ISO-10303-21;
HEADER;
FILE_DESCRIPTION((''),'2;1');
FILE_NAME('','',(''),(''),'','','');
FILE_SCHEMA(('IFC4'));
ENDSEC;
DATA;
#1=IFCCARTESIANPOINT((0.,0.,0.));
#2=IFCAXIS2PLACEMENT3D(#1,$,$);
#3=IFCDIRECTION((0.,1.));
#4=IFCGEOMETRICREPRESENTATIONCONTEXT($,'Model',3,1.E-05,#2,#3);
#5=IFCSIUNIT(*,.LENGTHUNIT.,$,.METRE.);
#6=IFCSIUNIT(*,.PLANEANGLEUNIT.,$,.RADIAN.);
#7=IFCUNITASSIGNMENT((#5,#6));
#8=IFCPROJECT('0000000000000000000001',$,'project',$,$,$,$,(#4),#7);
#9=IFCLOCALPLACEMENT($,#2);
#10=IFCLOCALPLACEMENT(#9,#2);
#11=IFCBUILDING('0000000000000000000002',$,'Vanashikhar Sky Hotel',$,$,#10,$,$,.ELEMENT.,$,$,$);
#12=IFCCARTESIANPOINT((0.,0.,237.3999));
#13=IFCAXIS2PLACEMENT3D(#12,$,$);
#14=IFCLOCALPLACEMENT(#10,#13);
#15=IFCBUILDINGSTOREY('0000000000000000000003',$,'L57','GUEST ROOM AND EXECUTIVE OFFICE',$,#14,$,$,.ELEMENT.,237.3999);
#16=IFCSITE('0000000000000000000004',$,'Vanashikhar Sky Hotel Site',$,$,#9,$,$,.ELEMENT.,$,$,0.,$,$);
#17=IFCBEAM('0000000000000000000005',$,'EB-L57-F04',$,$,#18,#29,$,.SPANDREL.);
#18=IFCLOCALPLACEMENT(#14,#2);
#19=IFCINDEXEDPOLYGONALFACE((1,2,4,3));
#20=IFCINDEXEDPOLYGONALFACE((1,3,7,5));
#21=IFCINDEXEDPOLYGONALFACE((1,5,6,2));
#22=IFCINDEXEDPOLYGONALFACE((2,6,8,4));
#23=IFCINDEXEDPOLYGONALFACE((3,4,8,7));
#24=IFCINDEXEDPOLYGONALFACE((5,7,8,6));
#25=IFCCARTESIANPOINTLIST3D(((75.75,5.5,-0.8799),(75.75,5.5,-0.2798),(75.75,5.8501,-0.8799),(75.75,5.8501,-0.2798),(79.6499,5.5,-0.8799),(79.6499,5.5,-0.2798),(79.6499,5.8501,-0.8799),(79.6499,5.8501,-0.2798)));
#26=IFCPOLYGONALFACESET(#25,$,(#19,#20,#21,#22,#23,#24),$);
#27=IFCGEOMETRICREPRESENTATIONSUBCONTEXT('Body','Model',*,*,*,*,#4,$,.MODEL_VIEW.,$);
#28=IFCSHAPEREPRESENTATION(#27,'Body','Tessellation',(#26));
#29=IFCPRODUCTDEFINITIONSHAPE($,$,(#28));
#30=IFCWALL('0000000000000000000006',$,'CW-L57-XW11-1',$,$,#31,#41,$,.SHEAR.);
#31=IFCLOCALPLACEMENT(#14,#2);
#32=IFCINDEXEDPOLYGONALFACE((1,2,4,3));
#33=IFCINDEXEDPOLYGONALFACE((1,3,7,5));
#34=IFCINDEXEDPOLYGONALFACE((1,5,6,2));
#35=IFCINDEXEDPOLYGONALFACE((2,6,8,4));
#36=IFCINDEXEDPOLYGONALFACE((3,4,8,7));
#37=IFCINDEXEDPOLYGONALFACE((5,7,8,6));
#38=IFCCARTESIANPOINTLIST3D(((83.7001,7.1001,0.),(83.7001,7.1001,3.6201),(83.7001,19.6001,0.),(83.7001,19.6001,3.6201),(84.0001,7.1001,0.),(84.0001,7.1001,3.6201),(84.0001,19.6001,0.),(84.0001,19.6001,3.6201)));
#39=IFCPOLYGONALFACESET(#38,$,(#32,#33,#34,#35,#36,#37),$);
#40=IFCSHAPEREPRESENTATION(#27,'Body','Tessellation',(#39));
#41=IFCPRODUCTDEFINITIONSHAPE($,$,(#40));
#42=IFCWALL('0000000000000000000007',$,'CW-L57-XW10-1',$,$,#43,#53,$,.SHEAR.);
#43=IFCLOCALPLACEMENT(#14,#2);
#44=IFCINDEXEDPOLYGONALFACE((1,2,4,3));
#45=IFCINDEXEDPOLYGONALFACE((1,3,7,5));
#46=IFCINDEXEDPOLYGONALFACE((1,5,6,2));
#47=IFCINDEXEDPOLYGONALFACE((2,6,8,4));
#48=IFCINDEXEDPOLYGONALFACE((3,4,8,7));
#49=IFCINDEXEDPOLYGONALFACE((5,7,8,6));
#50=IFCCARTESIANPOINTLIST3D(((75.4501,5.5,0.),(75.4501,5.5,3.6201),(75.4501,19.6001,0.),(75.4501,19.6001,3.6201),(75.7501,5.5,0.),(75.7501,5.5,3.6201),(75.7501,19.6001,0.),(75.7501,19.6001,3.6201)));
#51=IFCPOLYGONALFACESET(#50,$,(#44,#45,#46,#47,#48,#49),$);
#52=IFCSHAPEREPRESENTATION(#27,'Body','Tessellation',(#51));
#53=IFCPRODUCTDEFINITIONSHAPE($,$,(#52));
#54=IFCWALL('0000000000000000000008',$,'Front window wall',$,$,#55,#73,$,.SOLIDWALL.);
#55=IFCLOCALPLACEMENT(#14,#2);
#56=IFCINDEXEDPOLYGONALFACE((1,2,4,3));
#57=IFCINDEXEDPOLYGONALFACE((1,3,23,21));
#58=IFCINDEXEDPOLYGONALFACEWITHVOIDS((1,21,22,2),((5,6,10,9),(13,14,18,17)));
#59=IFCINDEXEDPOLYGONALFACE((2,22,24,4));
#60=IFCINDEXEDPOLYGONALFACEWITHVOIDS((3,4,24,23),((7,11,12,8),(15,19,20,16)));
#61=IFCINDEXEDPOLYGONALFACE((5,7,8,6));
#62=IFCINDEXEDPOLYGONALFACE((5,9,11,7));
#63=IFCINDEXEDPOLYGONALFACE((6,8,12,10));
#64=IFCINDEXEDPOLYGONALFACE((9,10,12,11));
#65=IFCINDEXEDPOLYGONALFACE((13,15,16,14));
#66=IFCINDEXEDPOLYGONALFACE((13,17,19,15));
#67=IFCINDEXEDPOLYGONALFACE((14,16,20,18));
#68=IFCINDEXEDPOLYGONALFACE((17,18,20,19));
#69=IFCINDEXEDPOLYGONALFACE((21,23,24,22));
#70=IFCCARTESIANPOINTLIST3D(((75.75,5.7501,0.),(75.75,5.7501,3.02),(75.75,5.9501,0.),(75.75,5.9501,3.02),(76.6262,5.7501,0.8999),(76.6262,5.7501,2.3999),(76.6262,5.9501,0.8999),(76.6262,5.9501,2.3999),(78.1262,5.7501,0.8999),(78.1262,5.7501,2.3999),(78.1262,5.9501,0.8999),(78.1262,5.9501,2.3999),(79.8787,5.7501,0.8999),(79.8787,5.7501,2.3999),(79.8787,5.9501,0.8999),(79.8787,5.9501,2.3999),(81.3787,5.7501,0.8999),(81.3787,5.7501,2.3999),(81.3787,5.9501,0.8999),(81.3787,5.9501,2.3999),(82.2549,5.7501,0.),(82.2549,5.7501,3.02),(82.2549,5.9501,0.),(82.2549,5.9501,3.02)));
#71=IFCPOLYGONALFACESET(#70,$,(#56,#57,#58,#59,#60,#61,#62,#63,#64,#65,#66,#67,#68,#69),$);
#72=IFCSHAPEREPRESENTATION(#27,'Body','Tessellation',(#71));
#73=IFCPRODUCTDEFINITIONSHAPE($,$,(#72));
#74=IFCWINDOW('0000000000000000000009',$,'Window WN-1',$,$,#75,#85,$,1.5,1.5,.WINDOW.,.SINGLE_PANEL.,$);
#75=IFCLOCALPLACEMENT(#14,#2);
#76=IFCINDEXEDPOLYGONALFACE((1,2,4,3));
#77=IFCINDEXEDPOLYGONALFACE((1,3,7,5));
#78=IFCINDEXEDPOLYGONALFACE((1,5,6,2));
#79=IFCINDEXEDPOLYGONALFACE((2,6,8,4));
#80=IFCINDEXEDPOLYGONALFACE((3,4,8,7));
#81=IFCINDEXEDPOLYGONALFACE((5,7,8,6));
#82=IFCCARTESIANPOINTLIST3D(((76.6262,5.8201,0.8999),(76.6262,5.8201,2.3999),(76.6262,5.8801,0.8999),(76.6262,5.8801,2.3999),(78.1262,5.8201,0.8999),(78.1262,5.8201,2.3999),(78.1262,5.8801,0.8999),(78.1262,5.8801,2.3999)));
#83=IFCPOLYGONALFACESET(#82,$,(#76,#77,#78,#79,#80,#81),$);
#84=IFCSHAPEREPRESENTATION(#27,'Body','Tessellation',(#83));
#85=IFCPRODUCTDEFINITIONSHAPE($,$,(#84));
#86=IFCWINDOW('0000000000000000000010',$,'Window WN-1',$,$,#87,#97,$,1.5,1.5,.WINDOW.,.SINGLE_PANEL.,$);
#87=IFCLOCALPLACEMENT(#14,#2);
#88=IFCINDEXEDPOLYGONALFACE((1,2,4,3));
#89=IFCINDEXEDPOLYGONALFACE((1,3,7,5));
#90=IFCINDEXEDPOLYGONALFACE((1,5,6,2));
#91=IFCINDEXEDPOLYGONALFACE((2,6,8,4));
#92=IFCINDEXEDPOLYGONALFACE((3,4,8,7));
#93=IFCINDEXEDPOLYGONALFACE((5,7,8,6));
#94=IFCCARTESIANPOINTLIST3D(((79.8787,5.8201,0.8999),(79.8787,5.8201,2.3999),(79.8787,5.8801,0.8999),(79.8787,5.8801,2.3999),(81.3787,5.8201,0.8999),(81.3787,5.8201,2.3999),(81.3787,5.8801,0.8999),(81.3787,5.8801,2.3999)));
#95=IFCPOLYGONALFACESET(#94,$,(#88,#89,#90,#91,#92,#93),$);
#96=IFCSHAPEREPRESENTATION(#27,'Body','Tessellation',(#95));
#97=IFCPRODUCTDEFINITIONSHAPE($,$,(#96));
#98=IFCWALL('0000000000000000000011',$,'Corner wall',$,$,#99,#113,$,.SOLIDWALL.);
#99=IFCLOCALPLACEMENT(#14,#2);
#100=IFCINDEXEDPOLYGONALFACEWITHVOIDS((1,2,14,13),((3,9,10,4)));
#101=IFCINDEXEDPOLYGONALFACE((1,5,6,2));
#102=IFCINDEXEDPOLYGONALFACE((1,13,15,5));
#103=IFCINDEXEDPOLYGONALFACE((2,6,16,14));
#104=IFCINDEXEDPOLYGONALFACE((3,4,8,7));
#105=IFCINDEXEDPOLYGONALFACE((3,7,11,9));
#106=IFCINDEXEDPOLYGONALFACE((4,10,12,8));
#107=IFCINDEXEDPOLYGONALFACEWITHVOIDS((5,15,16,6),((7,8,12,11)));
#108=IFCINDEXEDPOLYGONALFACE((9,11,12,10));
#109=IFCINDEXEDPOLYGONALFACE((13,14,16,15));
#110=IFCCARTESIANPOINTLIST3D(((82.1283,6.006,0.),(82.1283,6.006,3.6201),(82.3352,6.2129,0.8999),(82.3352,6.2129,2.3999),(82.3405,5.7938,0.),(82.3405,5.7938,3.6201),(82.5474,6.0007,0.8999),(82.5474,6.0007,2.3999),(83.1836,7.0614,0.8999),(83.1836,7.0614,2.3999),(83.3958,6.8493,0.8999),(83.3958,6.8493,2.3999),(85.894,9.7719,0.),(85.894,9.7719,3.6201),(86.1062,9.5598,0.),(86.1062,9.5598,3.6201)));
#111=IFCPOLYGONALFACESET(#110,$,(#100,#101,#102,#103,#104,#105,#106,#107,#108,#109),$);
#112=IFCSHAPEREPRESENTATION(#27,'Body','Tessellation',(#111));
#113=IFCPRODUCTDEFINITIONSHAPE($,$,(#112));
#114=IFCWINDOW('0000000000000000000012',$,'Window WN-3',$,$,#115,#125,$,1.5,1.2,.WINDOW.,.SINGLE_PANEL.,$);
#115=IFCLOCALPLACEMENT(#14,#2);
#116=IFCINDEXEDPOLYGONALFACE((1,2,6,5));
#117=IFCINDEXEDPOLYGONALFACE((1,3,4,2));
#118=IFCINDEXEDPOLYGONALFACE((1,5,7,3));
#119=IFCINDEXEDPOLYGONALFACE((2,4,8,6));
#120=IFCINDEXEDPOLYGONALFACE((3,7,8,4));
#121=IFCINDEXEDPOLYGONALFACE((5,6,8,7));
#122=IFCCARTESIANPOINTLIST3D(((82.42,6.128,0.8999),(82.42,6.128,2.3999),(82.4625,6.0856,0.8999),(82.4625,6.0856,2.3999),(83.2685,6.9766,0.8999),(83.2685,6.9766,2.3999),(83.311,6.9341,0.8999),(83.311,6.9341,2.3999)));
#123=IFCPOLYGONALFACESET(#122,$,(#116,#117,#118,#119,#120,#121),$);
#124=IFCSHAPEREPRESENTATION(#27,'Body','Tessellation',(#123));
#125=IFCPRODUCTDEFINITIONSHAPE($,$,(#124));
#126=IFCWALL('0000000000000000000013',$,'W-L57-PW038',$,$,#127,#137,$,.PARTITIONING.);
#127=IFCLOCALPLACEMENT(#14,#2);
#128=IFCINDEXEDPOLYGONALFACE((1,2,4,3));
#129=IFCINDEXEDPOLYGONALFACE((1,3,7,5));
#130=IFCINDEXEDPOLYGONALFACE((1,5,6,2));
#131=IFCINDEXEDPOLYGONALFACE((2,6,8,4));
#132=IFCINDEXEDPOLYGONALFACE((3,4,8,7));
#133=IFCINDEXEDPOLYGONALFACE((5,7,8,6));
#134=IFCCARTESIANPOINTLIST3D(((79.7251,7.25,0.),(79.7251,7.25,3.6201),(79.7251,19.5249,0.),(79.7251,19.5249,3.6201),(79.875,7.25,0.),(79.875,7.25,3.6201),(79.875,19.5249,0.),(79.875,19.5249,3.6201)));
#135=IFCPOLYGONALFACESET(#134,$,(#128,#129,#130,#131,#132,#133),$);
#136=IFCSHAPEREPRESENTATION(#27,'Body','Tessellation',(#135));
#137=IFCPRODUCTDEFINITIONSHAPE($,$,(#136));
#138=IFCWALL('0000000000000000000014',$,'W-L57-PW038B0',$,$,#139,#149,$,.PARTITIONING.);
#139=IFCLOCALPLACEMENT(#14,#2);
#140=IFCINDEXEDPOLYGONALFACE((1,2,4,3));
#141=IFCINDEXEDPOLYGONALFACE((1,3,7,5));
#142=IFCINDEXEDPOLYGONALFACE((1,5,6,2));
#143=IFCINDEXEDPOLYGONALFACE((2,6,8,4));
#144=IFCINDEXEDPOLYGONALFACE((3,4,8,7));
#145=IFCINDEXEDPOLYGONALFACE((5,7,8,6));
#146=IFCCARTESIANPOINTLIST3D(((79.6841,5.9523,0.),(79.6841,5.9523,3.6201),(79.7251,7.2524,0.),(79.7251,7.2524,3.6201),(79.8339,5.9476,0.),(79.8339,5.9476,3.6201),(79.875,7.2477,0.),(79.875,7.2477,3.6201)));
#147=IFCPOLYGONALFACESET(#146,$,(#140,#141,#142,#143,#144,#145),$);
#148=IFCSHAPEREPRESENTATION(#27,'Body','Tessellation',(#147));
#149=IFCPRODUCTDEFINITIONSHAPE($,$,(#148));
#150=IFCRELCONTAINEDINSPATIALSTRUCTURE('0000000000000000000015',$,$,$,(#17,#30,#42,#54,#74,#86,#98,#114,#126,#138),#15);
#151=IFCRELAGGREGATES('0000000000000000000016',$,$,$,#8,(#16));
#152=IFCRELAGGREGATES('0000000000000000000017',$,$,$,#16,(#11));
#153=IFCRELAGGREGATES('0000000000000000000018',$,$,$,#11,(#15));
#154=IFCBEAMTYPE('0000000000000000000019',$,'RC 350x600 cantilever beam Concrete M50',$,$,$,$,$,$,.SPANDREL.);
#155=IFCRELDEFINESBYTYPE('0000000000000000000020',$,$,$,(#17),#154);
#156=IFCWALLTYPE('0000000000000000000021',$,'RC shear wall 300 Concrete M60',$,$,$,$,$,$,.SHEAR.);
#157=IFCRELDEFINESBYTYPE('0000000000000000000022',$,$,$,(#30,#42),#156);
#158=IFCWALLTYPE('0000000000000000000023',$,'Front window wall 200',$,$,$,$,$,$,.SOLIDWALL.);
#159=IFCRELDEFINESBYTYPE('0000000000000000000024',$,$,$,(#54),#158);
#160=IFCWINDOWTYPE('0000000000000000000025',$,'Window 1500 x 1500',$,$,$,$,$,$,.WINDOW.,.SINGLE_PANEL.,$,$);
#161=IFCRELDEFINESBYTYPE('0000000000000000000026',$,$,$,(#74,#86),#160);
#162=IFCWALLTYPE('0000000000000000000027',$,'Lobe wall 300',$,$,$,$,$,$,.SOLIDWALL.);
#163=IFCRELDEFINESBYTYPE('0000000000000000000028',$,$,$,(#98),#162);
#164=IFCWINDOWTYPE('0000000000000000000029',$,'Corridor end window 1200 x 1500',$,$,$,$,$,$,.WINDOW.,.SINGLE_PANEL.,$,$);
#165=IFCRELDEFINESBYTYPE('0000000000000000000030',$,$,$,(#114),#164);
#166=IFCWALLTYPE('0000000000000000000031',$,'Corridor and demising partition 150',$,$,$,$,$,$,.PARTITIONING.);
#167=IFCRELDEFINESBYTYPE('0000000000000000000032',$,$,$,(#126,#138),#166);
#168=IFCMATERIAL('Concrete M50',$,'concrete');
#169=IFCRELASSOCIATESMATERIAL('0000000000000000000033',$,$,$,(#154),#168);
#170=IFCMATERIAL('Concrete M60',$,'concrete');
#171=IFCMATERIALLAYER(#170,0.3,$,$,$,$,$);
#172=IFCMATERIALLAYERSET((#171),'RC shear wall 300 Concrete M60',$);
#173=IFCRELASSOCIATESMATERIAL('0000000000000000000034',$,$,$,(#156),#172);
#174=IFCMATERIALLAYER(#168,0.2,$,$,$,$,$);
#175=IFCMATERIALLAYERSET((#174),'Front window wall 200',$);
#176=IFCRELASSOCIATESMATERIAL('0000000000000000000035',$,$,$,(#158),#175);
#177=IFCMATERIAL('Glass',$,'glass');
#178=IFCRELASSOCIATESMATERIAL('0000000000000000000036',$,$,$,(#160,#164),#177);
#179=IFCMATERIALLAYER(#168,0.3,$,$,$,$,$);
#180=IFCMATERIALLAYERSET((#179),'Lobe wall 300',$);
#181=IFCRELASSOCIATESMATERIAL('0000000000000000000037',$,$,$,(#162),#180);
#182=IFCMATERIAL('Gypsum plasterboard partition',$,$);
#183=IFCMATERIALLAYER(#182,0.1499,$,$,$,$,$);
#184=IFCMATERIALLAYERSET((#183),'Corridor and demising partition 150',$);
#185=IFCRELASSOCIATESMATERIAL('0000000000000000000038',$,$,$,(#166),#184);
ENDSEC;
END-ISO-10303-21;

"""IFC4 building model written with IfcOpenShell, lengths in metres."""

from ifc_helpers import new_model, si_unit, direction, frame, frame_2d, origin, origin_2d, place, context, subcontext, project, spatial, rectangle, extrude, source, transform, mapped, material, layer, layer_set, material_profile, profile_set, type_object, element, fill, save


model = new_model("IFC4")

# Units and contexts
model_context = context("Model", 3, precision=1e-05, world=origin(), true_north=direction((0.0, 1.0)))
body_context = subcontext(model_context, "Body", "Model", "MODEL_VIEW")
ifc_project = project(units=[si_unit("LENGTHUNIT", "METRE"), si_unit("PLANEANGLEUNIT", "RADIAN")], contexts=[model_context])

# Site, building, storey
site_placement = place(None, origin())
site = spatial("IfcSite", under=ifc_project, at=site_placement, Name="Vanashikhar Sky Hotel Site", CompositionType="ELEMENT", RefElevation=0.0)
building_placement = place(site_placement, origin())
building = spatial("IfcBuilding", under=site, at=building_placement, Name="Vanashikhar Sky Hotel", CompositionType="ELEMENT")
storey_placement = place(building_placement, frame((0.0, 0.0, 237.3999)))
storey = spatial("IfcBuildingStorey", under=building, at=storey_placement, Name="L57", Description="GUEST ROOM AND EXECUTIVE OFFICE", CompositionType="ELEMENT", Elevation=237.3999)

# Beam
ifc_material_1 = material(Name="Concrete M50", Category="concrete")
ifc_material_profile = material_profile(ifc_material_1, rectangle(XDim=0.3501, YDim=0.6001, at=origin_2d()))
ifc_profile_set = profile_set([ifc_material_profile], Name="RC 350x600 cantilever beam Concrete M50")
beam_type = type_object("IfcBeamType", Name="RC 350x600 cantilever beam Concrete M50", PredefinedType="SPANDREL", material=ifc_profile_set)
shared_shape_1 = source(origin(), body_context, "Body", "SweptSolid", [
    extrude(rectangle(XDim=0.3501, YDim=0.6001, at=origin_2d()), origin(), (0.0, 0.0, 1.0), 3.8999),
])
beam_placement = place(storey_placement, frame((75.75, 5.675, -0.5798), z_axis=(1.0, 0.0, 0.0), x_axis=(0.0, 1.0, 0.0)))
element("IfcBeam", 1, at=beam_placement, inside=storey, type_object=beam_type, Name="EB-L57-F04", PredefinedType="SPANDREL", context=body_context, shape_type="MappedRepresentation", body=[
    mapped(shared_shape_1, transform((0.0, 0.0, 0.0), scale=1.0)),
])

# Walls
ifc_material_2 = material(Name="Concrete M60", Category="concrete")
ifc_layer_1 = layer(ifc_material_2, 0.3)
ifc_layer_set_1 = layer_set([ifc_layer_1], Name="RC shear wall 300 Concrete M60")
wall_type_1 = type_object("IfcWallType", Name="RC shear wall 300 Concrete M60", PredefinedType="SHEAR", material=ifc_layer_set_1)
shared_shape_2 = source(origin(), body_context, "Body", "SweptSolid", [
    extrude(rectangle(XDim=12.5, YDim=0.3, at=frame_2d((6.25, 0.0))), origin(), (0.0, 0.0, 1.0), 3.6201),
])
wall_1_placement = place(storey_placement, frame((83.8501, 7.1001, 0.0), z_axis=(0.0, 0.0, 1.0), x_axis=(0.0, 1.0, 0.0)))
element("IfcWall", 2, at=wall_1_placement, inside=storey, type_object=wall_type_1, Name="CW-L57-XW11-1", PredefinedType="SHEAR", context=body_context, shape_type="MappedRepresentation", body=[
    mapped(shared_shape_2, transform((0.0, 0.0, 0.0), scale=1.0)),
])
shared_shape_3 = source(origin(), body_context, "Body", "SweptSolid", [
    extrude(rectangle(XDim=14.1001, YDim=0.3, at=frame_2d((7.05, 0.0))), origin(), (0.0, 0.0, 1.0), 3.6201),
])
wall_2_placement = place(storey_placement, frame((75.6001, 5.5, 0.0), z_axis=(0.0, 0.0, 1.0), x_axis=(0.0, 1.0, 0.0)))
element("IfcWall", 3, at=wall_2_placement, inside=storey, type_object=wall_type_1, Name="CW-L57-XW10-1", PredefinedType="SHEAR", context=body_context, shape_type="MappedRepresentation", body=[
    mapped(shared_shape_3, transform((0.0, 0.0, 0.0), scale=1.0)),
])

# Shared definitions
ifc_layer_2 = layer(ifc_material_1, 0.2)
ifc_layer_set_2 = layer_set([ifc_layer_2], Name="Front window wall 200")
wall_type_2 = type_object("IfcWallType", Name="Front window wall 200", PredefinedType="SOLIDWALL", material=ifc_layer_set_2)
shared_shape_4 = source(origin(), body_context, "Body", "SweptSolid", [
    extrude(rectangle(XDim=1.5, YDim=1.5, at=frame_2d((0.75, 0.75))), frame((0.0, 0.1099, 0.0), z_axis=(0.0, -1.0, 0.0), x_axis=(1.0, 0.0, 0.0)), (0.0, 0.0, 1.0), 0.22),
])
ifc_material_3 = material(Name="Glass", Category="glass")
window_type_1 = type_object("IfcWindowType", Name="Window 1500 x 1500", PartitioningType="SINGLE_PANEL", PredefinedType="WINDOW", material=ifc_material_3)
shared_shape_5 = source(origin(), body_context, "Body", "SweptSolid", [
    extrude(rectangle(XDim=1.5, YDim=1.5, at=frame_2d((0.75, 0.75))), frame((0.0, 0.03, 0.0), z_axis=(0.0, -1.0, 0.0), x_axis=(1.0, 0.0, 0.0)), (0.0, 0.0, 1.0), 0.0601),
])

# Wall, openings, windows
shared_shape_6 = source(origin(), body_context, "Body", "SweptSolid", [
    extrude(rectangle(XDim=6.5049, YDim=0.2, at=frame_2d((3.2524, 0.0))), origin(), (0.0, 0.0, 1.0), 3.02),
])
wall_3_placement = place(storey_placement, frame((75.75, 5.8501, 0.0), z_axis=(0.0, 0.0, 1.0), x_axis=(1.0, 0.0, 0.0)))
wall_3 = element("IfcWall", 4, at=wall_3_placement, inside=storey, type_object=wall_type_2, Name="Front window wall", PredefinedType="SOLIDWALL", context=body_context, shape_type="MappedRepresentation", body=[
    mapped(shared_shape_6, transform((0.0, 0.0, 0.0), scale=1.0)),
])
opening_1_placement = place(wall_3_placement, frame((0.8762, 0.0, 0.8999)))
opening_1 = element("IfcOpeningElement", 5, at=opening_1_placement, cuts=wall_3, PredefinedType="OPENING", context=body_context, shape_type="MappedRepresentation", body=[
    mapped(shared_shape_4, transform((0.0, 0.0, 0.0), scale=1.0)),
])
opening_2_placement = place(wall_3_placement, frame((4.1287, 0.0, 0.8999)))
opening_2 = element("IfcOpeningElement", 6, at=opening_2_placement, cuts=wall_3, PredefinedType="OPENING", context=body_context, shape_type="MappedRepresentation", body=[
    mapped(shared_shape_4, transform((0.0, 0.0, 0.0), scale=1.0)),
])
window_1_placement = place(opening_1_placement, origin())
window_1 = element("IfcWindow", 7, at=window_1_placement, inside=storey, type_object=window_type_1, Name="Window WN-1", OverallHeight=1.5, OverallWidth=1.5, PartitioningType="SINGLE_PANEL", PredefinedType="WINDOW", context=body_context, shape_type="MappedRepresentation", body=[
    mapped(shared_shape_5, transform((0.0, 0.0, 0.0), scale=1.0)),
])
fill(opening_1, window_1)
window_2_placement = place(opening_2_placement, origin())
window_2 = element("IfcWindow", 8, at=window_2_placement, inside=storey, type_object=window_type_1, Name="Window WN-1", OverallHeight=1.5, OverallWidth=1.5, PartitioningType="SINGLE_PANEL", PredefinedType="WINDOW", context=body_context, shape_type="MappedRepresentation", body=[
    mapped(shared_shape_5, transform((0.0, 0.0, 0.0), scale=1.0)),
])
fill(opening_2, window_2)

# Wall, opening, window
ifc_layer_3 = layer(ifc_material_1, 0.3)
ifc_layer_set_3 = layer_set([ifc_layer_3], Name="Lobe wall 300")
wall_type_3 = type_object("IfcWallType", Name="Lobe wall 300", PredefinedType="SOLIDWALL", material=ifc_layer_set_3)
shared_shape_7 = source(origin(), body_context, "Body", "SweptSolid", [
    extrude(rectangle(XDim=5.3257, YDim=0.3, at=frame_2d((2.6628, 0.0))), origin(), (0.0, 0.0, 1.0), 3.6201),
])
wall_4_placement = place(storey_placement, frame((82.2344, 5.8999, 0.0), z_axis=(0.0, 0.0, 1.0), x_axis=(0.707084, 0.70713, 0.0)))
wall_4 = element("IfcWall", 9, at=wall_4_placement, inside=storey, type_object=wall_type_3, Name="Corner wall", PredefinedType="SOLIDWALL", context=body_context, shape_type="MappedRepresentation", body=[
    mapped(shared_shape_7, transform((0.0, 0.0, 0.0), scale=1.0)),
])
shared_shape_8 = source(origin(), body_context, "Body", "SweptSolid", [
    extrude(rectangle(XDim=1.2, YDim=1.5, at=frame_2d((0.6001, 0.75))), frame((0.0, 0.1602, 0.0), z_axis=(0.0, -1.0, 0.0), x_axis=(1.0, 0.0, 0.0)), (0.0, 0.0, 1.0), 0.3201),
])
opening_3_placement = place(wall_4_placement, frame((0.2925, 0.0, 0.8999)))
opening_3 = element("IfcOpeningElement", 10, at=opening_3_placement, cuts=wall_4, PredefinedType="OPENING", context=body_context, shape_type="MappedRepresentation", body=[
    mapped(shared_shape_8, transform((0.0, 0.0, 0.0), scale=1.0)),
])
window_type_2 = type_object("IfcWindowType", Name="Corridor end window 1200 x 1500", PartitioningType="SINGLE_PANEL", PredefinedType="WINDOW", material=ifc_material_3)
shared_shape_9 = source(origin(), body_context, "Body", "SweptSolid", [
    extrude(rectangle(XDim=1.2, YDim=1.5, at=frame_2d((0.6001, 0.75))), frame((0.0, 0.03, 0.0), z_axis=(0.0, -1.0, 0.0), x_axis=(1.0, 0.0, 0.0)), (0.0, 0.0, 1.0), 0.0601),
])
window_3_placement = place(opening_3_placement, origin())
window_3 = element("IfcWindow", 11, at=window_3_placement, inside=storey, type_object=window_type_2, Name="Window WN-3", OverallHeight=1.5, OverallWidth=1.2, PartitioningType="SINGLE_PANEL", PredefinedType="WINDOW", context=body_context, shape_type="MappedRepresentation", body=[
    mapped(shared_shape_9, transform((0.0, 0.0, 0.0), scale=1.0)),
])
fill(opening_3, window_3)

# Walls
ifc_material_4 = material(Name="Gypsum plasterboard partition")
ifc_layer_4 = layer(ifc_material_4, 0.1499)
ifc_layer_set_4 = layer_set([ifc_layer_4], Name="Corridor and demising partition 150")
wall_type_4 = type_object("IfcWallType", Name="Corridor and demising partition 150", PredefinedType="PARTITIONING", material=ifc_layer_set_4)
shared_shape_10 = source(origin(), body_context, "Body", "SweptSolid", [
    extrude(rectangle(XDim=12.2749, YDim=0.1499, at=frame_2d((6.1375, 0.0))), origin(), (0.0, 0.0, 1.0), 3.6201),
])
wall_5_placement = place(storey_placement, frame((79.8, 7.25, 0.0), z_axis=(0.0, 0.0, 1.0), x_axis=(0.0, 1.0, 0.0)))
element("IfcWall", 12, at=wall_5_placement, inside=storey, type_object=wall_type_4, Name="W-L57-PW038", PredefinedType="PARTITIONING", context=body_context, shape_type="MappedRepresentation", body=[
    mapped(shared_shape_10, transform((0.0, 0.0, 0.0), scale=1.0)),
])
shared_shape_11 = source(origin(), body_context, "Body", "SweptSolid", [
    extrude(rectangle(XDim=1.3008, YDim=0.1499, at=frame_2d((0.6504, 0.0))), origin(), (0.0, 0.0, 1.0), 3.6201),
])
wall_6_placement = place(storey_placement, frame((79.759, 5.95, 0.0), z_axis=(0.0, 0.0, 1.0), x_axis=(0.031534, 0.999503, 0.0)))
element("IfcWall", 13, at=wall_6_placement, inside=storey, type_object=wall_type_4, Name="W-L57-PW038B0", PredefinedType="PARTITIONING", context=body_context, shape_type="MappedRepresentation", body=[
    mapped(shared_shape_11, transform((0.0, 0.0, 0.0), scale=1.0)),
])

save(model, "model.ifc")
